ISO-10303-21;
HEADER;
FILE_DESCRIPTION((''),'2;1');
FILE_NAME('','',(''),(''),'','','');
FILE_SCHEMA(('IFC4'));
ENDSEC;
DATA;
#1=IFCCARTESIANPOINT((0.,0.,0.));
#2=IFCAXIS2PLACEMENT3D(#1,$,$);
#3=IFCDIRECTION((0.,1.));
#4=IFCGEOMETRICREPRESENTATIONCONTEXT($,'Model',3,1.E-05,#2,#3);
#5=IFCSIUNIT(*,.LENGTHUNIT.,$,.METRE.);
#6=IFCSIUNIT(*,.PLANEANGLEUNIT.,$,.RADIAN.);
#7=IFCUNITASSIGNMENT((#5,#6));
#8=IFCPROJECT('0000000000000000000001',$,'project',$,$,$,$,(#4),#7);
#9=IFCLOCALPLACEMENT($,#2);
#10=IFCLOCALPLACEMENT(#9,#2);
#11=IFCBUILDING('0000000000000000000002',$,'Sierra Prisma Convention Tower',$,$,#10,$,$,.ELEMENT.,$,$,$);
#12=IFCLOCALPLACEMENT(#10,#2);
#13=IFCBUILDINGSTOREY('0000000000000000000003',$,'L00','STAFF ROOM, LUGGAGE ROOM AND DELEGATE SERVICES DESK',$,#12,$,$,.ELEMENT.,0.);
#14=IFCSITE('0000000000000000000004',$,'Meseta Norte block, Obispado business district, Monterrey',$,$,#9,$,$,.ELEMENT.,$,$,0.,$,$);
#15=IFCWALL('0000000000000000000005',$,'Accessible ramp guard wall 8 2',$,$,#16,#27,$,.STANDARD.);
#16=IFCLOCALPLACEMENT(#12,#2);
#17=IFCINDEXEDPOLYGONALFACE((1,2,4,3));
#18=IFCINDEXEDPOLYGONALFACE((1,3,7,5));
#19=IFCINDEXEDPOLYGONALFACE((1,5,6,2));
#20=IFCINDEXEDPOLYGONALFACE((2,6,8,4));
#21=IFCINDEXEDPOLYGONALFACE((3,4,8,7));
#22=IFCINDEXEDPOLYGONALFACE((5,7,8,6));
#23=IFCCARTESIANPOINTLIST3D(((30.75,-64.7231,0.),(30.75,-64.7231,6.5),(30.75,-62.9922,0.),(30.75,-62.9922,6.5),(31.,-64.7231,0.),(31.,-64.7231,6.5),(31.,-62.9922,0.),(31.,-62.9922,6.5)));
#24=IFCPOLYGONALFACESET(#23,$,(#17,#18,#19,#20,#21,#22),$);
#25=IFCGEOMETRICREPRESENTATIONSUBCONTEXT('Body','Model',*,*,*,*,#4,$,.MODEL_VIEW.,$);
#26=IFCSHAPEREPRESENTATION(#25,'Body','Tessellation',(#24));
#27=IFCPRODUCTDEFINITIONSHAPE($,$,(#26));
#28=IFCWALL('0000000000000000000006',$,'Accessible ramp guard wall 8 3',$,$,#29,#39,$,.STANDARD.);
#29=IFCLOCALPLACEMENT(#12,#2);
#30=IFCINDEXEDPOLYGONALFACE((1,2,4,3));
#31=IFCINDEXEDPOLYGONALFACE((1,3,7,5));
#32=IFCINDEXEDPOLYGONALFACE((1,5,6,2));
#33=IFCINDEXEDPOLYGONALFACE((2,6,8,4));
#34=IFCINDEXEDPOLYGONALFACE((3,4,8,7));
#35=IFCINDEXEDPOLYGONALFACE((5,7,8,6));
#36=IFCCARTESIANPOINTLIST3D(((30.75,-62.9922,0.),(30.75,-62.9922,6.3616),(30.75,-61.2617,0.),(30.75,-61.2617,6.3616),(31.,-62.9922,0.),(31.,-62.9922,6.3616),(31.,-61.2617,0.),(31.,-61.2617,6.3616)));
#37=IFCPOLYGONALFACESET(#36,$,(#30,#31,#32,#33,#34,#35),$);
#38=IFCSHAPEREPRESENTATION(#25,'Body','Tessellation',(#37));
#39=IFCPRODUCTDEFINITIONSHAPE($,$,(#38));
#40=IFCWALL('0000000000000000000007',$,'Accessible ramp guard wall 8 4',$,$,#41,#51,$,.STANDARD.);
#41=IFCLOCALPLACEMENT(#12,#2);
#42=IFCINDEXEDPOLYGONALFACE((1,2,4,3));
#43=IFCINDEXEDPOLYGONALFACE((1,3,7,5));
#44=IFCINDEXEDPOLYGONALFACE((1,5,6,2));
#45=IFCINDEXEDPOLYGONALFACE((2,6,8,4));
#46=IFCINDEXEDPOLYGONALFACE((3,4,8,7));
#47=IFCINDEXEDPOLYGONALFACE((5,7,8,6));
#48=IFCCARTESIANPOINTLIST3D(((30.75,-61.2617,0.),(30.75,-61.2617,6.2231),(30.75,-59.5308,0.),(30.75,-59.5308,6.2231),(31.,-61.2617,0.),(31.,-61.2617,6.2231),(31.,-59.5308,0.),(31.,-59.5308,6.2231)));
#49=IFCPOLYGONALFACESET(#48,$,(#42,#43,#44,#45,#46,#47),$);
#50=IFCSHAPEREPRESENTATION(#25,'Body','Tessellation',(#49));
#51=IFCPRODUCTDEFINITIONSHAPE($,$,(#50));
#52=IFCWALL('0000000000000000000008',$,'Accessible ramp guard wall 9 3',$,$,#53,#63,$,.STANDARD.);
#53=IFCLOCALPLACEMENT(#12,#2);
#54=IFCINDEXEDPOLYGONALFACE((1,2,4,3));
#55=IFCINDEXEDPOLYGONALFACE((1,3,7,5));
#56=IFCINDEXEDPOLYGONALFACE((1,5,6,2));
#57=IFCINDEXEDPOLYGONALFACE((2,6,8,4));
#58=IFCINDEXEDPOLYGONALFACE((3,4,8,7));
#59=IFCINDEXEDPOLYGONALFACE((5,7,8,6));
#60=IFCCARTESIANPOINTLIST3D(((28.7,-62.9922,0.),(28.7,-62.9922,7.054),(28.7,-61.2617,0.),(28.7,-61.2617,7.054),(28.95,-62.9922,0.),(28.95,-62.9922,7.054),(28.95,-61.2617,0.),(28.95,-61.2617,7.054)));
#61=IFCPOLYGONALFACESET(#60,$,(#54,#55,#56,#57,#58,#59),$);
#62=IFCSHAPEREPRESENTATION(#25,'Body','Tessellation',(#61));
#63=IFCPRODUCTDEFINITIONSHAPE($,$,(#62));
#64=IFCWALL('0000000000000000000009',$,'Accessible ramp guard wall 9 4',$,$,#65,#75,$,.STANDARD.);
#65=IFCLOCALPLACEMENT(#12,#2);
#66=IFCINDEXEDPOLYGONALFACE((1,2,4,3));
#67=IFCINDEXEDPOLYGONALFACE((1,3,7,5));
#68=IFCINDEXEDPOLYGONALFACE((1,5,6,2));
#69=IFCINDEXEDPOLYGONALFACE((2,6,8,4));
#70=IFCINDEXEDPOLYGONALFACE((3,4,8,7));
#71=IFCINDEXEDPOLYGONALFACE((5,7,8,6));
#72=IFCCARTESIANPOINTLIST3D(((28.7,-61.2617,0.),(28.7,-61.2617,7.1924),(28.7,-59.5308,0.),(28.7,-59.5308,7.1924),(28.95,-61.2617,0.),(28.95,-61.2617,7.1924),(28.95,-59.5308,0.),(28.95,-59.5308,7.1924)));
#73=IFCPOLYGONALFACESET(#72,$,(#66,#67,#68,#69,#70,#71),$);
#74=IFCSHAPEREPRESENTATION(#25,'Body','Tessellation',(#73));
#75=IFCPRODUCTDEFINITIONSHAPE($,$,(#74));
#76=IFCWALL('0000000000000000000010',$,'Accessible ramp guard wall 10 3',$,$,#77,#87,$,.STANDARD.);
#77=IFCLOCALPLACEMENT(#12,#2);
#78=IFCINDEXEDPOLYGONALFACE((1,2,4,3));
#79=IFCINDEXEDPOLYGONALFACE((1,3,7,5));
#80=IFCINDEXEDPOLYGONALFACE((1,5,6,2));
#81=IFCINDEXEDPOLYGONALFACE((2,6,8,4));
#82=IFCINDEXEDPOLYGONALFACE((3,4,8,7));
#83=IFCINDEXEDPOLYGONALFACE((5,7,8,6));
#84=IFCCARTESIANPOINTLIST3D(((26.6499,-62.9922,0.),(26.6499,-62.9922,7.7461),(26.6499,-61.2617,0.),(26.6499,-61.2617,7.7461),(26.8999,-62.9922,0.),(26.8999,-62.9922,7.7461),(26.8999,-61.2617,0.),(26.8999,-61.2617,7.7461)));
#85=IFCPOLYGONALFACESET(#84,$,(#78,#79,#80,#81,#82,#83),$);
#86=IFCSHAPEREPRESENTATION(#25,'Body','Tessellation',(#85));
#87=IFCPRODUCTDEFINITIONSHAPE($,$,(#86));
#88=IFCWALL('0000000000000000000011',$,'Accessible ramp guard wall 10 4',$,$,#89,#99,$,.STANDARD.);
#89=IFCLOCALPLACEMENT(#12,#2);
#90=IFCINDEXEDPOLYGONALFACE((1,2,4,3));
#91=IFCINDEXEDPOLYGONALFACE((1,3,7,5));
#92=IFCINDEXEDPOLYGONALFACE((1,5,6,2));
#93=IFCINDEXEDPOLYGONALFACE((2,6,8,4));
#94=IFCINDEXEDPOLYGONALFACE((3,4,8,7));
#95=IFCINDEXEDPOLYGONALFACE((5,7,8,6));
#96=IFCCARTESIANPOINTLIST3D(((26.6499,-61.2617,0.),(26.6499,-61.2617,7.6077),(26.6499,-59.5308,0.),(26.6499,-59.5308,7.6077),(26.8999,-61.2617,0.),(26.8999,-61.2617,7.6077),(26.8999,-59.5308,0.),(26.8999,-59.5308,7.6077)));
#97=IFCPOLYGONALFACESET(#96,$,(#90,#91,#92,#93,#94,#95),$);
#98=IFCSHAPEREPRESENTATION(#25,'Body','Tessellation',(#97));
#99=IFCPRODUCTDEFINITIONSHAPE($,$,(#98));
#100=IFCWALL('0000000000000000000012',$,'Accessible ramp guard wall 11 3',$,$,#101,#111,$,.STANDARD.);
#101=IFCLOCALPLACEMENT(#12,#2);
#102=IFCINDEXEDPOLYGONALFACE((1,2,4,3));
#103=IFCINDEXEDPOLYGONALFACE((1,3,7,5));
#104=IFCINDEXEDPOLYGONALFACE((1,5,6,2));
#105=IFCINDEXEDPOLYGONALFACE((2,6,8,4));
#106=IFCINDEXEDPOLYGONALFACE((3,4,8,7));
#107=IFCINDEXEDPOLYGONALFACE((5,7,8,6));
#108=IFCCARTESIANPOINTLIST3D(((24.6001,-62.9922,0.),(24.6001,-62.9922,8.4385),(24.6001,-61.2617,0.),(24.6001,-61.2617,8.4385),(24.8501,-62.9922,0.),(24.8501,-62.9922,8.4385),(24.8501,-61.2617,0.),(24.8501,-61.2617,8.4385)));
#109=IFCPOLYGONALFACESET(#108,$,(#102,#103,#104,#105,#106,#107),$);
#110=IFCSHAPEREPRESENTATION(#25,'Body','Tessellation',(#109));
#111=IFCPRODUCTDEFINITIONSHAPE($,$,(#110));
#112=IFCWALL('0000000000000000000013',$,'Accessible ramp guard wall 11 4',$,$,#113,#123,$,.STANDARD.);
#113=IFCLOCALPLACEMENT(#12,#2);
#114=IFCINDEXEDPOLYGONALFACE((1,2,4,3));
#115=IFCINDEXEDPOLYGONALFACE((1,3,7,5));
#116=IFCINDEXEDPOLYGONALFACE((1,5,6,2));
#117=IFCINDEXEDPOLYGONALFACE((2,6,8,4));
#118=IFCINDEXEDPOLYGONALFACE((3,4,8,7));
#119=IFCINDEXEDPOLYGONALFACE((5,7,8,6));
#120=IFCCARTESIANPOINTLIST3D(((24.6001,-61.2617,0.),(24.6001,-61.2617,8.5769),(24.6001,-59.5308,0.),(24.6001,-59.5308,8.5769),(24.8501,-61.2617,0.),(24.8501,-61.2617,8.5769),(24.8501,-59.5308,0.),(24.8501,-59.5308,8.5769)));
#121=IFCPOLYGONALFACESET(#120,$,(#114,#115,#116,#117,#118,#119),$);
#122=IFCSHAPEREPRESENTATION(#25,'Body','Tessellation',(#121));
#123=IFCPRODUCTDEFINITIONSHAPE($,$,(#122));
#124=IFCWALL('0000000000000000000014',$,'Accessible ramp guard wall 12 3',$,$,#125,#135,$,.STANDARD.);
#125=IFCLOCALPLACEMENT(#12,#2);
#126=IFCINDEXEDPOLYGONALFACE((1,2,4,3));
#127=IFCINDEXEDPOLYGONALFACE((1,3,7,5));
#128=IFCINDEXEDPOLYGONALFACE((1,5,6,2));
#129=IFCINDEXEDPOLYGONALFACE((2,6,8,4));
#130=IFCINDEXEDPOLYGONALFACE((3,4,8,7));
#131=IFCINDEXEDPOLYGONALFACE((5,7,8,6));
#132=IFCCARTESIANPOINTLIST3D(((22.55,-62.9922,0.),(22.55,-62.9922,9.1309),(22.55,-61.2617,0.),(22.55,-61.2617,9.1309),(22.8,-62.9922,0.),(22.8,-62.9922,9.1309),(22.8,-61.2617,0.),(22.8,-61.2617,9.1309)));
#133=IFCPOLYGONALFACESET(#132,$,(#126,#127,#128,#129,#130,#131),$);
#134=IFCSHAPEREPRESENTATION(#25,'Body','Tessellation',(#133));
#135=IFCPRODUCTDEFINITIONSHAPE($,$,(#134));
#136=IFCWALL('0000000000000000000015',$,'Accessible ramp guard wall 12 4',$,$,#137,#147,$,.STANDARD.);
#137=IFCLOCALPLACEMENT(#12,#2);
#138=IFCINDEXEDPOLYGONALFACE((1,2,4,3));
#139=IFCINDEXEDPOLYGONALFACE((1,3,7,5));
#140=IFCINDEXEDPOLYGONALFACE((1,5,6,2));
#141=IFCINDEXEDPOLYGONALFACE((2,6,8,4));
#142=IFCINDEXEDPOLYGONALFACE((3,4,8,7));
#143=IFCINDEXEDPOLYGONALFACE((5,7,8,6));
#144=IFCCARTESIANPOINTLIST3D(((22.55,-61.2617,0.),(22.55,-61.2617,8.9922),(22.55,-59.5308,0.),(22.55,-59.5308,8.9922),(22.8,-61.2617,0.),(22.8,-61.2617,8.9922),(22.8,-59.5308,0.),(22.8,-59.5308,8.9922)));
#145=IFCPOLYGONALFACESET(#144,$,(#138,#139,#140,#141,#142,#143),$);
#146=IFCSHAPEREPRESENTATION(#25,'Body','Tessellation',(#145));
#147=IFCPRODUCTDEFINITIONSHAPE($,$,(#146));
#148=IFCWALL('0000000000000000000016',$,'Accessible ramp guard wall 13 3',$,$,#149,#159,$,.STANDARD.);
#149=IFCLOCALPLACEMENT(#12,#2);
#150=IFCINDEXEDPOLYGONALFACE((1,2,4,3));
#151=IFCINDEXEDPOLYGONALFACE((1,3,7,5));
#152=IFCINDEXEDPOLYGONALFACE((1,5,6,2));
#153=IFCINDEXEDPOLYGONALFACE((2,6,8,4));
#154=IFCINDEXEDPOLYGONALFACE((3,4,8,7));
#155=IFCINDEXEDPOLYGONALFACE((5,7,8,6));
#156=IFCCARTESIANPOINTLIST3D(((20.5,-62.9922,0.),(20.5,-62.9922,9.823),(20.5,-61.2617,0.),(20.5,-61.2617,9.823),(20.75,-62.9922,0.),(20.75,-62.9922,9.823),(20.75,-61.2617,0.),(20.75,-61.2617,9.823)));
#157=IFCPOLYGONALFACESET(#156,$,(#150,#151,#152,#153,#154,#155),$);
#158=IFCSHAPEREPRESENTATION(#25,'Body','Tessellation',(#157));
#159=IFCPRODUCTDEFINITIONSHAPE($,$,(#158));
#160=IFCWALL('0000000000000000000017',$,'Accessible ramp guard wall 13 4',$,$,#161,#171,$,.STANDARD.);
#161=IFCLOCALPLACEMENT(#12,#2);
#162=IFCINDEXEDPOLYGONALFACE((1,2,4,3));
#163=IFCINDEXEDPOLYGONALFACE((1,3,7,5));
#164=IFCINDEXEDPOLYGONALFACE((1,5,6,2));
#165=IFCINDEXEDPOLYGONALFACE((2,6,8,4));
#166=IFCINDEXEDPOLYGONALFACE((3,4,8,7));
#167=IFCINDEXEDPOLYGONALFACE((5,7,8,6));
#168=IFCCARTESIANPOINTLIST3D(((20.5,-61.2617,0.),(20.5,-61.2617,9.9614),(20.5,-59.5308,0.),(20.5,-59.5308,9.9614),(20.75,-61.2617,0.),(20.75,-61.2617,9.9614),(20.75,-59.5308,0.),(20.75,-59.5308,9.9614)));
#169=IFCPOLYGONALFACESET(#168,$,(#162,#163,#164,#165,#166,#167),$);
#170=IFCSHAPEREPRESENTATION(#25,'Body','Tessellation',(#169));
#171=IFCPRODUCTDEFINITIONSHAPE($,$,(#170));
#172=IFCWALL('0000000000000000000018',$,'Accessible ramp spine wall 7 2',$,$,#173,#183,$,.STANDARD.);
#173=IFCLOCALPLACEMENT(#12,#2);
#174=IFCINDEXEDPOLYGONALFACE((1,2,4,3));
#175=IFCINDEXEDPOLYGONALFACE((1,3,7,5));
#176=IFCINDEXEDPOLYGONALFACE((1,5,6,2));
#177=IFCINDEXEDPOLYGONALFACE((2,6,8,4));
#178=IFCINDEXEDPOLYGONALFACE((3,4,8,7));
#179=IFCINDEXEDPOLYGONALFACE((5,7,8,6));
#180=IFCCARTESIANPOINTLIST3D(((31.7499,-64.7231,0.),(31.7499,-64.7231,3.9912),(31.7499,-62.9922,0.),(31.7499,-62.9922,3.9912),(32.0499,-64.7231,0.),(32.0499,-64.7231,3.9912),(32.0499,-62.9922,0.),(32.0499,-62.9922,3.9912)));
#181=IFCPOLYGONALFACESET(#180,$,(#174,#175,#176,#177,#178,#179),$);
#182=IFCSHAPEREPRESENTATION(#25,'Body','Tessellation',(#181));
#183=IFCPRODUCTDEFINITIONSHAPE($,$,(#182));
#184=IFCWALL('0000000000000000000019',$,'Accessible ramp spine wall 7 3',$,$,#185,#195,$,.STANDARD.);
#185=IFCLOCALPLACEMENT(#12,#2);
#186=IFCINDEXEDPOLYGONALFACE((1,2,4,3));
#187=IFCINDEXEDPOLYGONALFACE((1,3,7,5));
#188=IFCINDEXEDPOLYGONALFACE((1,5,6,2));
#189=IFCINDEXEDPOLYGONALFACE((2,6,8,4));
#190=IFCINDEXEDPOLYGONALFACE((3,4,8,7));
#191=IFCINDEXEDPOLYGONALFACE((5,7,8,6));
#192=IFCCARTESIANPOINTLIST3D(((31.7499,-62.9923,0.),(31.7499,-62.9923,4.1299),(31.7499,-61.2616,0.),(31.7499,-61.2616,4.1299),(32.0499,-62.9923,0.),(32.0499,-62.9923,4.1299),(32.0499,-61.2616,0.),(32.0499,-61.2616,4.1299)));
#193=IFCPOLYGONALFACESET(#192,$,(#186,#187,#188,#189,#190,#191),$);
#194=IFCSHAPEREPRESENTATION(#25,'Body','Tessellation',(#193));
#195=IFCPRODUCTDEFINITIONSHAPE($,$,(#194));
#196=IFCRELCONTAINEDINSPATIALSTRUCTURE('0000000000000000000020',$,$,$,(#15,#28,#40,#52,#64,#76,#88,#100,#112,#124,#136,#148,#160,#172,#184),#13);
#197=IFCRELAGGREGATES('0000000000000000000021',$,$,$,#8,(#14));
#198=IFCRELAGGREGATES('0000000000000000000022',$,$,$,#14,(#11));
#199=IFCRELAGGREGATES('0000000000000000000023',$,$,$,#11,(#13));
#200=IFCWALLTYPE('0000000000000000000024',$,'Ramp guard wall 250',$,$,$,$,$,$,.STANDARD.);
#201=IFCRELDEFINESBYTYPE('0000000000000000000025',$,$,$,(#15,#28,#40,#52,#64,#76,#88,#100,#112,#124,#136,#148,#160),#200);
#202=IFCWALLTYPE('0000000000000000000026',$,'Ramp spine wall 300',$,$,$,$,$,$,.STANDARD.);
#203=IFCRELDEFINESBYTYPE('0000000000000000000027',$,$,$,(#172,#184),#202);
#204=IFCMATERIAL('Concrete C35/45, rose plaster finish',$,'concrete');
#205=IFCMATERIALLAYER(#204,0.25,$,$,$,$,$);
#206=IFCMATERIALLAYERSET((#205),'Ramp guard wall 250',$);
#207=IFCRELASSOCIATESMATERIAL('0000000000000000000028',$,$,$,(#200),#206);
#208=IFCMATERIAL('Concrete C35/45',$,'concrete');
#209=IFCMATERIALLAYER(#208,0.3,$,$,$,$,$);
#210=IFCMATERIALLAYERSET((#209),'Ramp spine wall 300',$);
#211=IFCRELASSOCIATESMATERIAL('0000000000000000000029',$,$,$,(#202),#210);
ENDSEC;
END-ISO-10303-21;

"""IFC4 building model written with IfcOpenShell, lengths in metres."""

from ifc_helpers import new_model, si_unit, direction, frame, frame_2d, origin, place, context, subcontext, project, spatial, rectangle, extrude, material, layer, layer_set, type_object, element, save


model = new_model("IFC4")

# Units and contexts
model_context = context("Model", 3, precision=1e-05, world=origin(), true_north=direction((0.0, 1.0)))
body_context = subcontext(model_context, "Body", "Model", "MODEL_VIEW")
ifc_project = project(units=[si_unit("LENGTHUNIT", "METRE"), si_unit("PLANEANGLEUNIT", "RADIAN")], contexts=[model_context])

# Site, building, storey
site_placement = place(None, origin())
site = spatial("IfcSite", under=ifc_project, at=site_placement, Name="Meseta Norte block, Obispado business district, Monterrey", CompositionType="ELEMENT", RefElevation=0.0)
building_placement = place(site_placement, origin())
building = spatial("IfcBuilding", under=site, at=building_placement, Name="Sierra Prisma Convention Tower", CompositionType="ELEMENT")
storey_placement = place(building_placement, origin())
storey = spatial("IfcBuildingStorey", under=building, at=storey_placement, Name="L00", Description="STAFF ROOM, LUGGAGE ROOM AND DELEGATE SERVICES DESK", CompositionType="ELEMENT", Elevation=0.0)

# Walls
ifc_material_1 = material(Name="Concrete C35/45, rose plaster finish", Category="concrete")
ifc_layer_1 = layer(ifc_material_1, 0.25)
ifc_layer_set_1 = layer_set([ifc_layer_1], Name="Ramp guard wall 250")
wall_type_1 = type_object("IfcWallType", Name="Ramp guard wall 250", PredefinedType="STANDARD", material=ifc_layer_set_1)
wall_1_placement = place(storey_placement, frame((30.875, -64.7231, 0.0), z_axis=(0.0, 0.0, 1.0), x_axis=(0.0, 1.0, 0.0)))
element("IfcWall", 1, at=wall_1_placement, inside=storey, type_object=wall_type_1, Name="Accessible ramp guard wall 8 2", PredefinedType="STANDARD", context=body_context, shape_type="SweptSolid", body=[
    extrude(rectangle(XDim=1.731, YDim=0.25, at=frame_2d((0.8655, 0.0))), origin(), (0.0, 0.0, 1.0), 6.5),
])
wall_2_placement = place(storey_placement, frame((30.875, -62.9922, 0.0), z_axis=(0.0, 0.0, 1.0), x_axis=(0.0, 1.0, 0.0)))
element("IfcWall", 2, at=wall_2_placement, inside=storey, type_object=wall_type_1, Name="Accessible ramp guard wall 8 3", PredefinedType="STANDARD", context=body_context, shape_type="SweptSolid", body=[
    extrude(rectangle(XDim=1.7305, YDim=0.25, at=frame_2d((0.8652, 0.0))), origin(), (0.0, 0.0, 1.0), 6.3616),
])
wall_3_placement = place(storey_placement, frame((30.875, -61.2617, 0.0), z_axis=(0.0, 0.0, 1.0), x_axis=(0.0, 1.0, 0.0)))
element("IfcWall", 3, at=wall_3_placement, inside=storey, type_object=wall_type_1, Name="Accessible ramp guard wall 8 4", PredefinedType="STANDARD", context=body_context, shape_type="SweptSolid", body=[
    extrude(rectangle(XDim=1.731, YDim=0.25, at=frame_2d((0.8655, 0.0))), origin(), (0.0, 0.0, 1.0), 6.2231),
])
wall_4_placement = place(storey_placement, frame((28.825, -62.9922, 0.0), z_axis=(0.0, 0.0, 1.0), x_axis=(0.0, 1.0, 0.0)))
element("IfcWall", 4, at=wall_4_placement, inside=storey, type_object=wall_type_1, Name="Accessible ramp guard wall 9 3", PredefinedType="STANDARD", context=body_context, shape_type="SweptSolid", body=[
    extrude(rectangle(XDim=1.7305, YDim=0.25, at=frame_2d((0.8652, 0.0))), origin(), (0.0, 0.0, 1.0), 7.054),
])
wall_5_placement = place(storey_placement, frame((28.825, -61.2617, 0.0), z_axis=(0.0, 0.0, 1.0), x_axis=(0.0, 1.0, 0.0)))
element("IfcWall", 5, at=wall_5_placement, inside=storey, type_object=wall_type_1, Name="Accessible ramp guard wall 9 4", PredefinedType="STANDARD", context=body_context, shape_type="SweptSolid", body=[
    extrude(rectangle(XDim=1.731, YDim=0.25, at=frame_2d((0.8655, 0.0))), origin(), (0.0, 0.0, 1.0), 7.1924),
])
wall_6_placement = place(storey_placement, frame((26.7749, -62.9922, 0.0), z_axis=(0.0, 0.0, 1.0), x_axis=(0.0, 1.0, 0.0)))
element("IfcWall", 6, at=wall_6_placement, inside=storey, type_object=wall_type_1, Name="Accessible ramp guard wall 10 3", PredefinedType="STANDARD", context=body_context, shape_type="SweptSolid", body=[
    extrude(rectangle(XDim=1.7305, YDim=0.25, at=frame_2d((0.8652, 0.0))), origin(), (0.0, 0.0, 1.0), 7.7461),
])
wall_7_placement = place(storey_placement, frame((26.7749, -61.2617, 0.0), z_axis=(0.0, 0.0, 1.0), x_axis=(0.0, 1.0, 0.0)))
element("IfcWall", 7, at=wall_7_placement, inside=storey, type_object=wall_type_1, Name="Accessible ramp guard wall 10 4", PredefinedType="STANDARD", context=body_context, shape_type="SweptSolid", body=[
    extrude(rectangle(XDim=1.731, YDim=0.25, at=frame_2d((0.8655, 0.0))), origin(), (0.0, 0.0, 1.0), 7.6077),
])
wall_8_placement = place(storey_placement, frame((24.7251, -62.9922, 0.0), z_axis=(0.0, 0.0, 1.0), x_axis=(0.0, 1.0, 0.0)))
element("IfcWall", 8, at=wall_8_placement, inside=storey, type_object=wall_type_1, Name="Accessible ramp guard wall 11 3", PredefinedType="STANDARD", context=body_context, shape_type="SweptSolid", body=[
    extrude(rectangle(XDim=1.7305, YDim=0.25, at=frame_2d((0.8652, 0.0))), origin(), (0.0, 0.0, 1.0), 8.4385),
])
wall_9_placement = place(storey_placement, frame((24.7251, -61.2617, 0.0), z_axis=(0.0, 0.0, 1.0), x_axis=(0.0, 1.0, 0.0)))
element("IfcWall", 9, at=wall_9_placement, inside=storey, type_object=wall_type_1, Name="Accessible ramp guard wall 11 4", PredefinedType="STANDARD", context=body_context, shape_type="SweptSolid", body=[
    extrude(rectangle(XDim=1.731, YDim=0.25, at=frame_2d((0.8655, 0.0))), origin(), (0.0, 0.0, 1.0), 8.5769),
])
wall_10_placement = place(storey_placement, frame((22.675, -62.9922, 0.0), z_axis=(0.0, 0.0, 1.0), x_axis=(0.0, 1.0, 0.0)))
element("IfcWall", 10, at=wall_10_placement, inside=storey, type_object=wall_type_1, Name="Accessible ramp guard wall 12 3", PredefinedType="STANDARD", context=body_context, shape_type="SweptSolid", body=[
    extrude(rectangle(XDim=1.7305, YDim=0.25, at=frame_2d((0.8652, 0.0))), origin(), (0.0, 0.0, 1.0), 9.1309),
])
wall_11_placement = place(storey_placement, frame((22.675, -61.2617, 0.0), z_axis=(0.0, 0.0, 1.0), x_axis=(0.0, 1.0, 0.0)))
element("IfcWall", 11, at=wall_11_placement, inside=storey, type_object=wall_type_1, Name="Accessible ramp guard wall 12 4", PredefinedType="STANDARD", context=body_context, shape_type="SweptSolid", body=[
    extrude(rectangle(XDim=1.731, YDim=0.25, at=frame_2d((0.8655, 0.0))), origin(), (0.0, 0.0, 1.0), 8.9922),
])
wall_12_placement = place(storey_placement, frame((20.625, -62.9922, 0.0), z_axis=(0.0, 0.0, 1.0), x_axis=(0.0, 1.0, 0.0)))
element("IfcWall", 12, at=wall_12_placement, inside=storey, type_object=wall_type_1, Name="Accessible ramp guard wall 13 3", PredefinedType="STANDARD", context=body_context, shape_type="SweptSolid", body=[
    extrude(rectangle(XDim=1.7305, YDim=0.25, at=frame_2d((0.8652, 0.0))), origin(), (0.0, 0.0, 1.0), 9.823),
])
wall_13_placement = place(storey_placement, frame((20.625, -61.2617, 0.0), z_axis=(0.0, 0.0, 1.0), x_axis=(0.0, 1.0, 0.0)))
element("IfcWall", 13, at=wall_13_placement, inside=storey, type_object=wall_type_1, Name="Accessible ramp guard wall 13 4", PredefinedType="STANDARD", context=body_context, shape_type="SweptSolid", body=[
    extrude(rectangle(XDim=1.731, YDim=0.25, at=frame_2d((0.8655, 0.0))), origin(), (0.0, 0.0, 1.0), 9.9614),
])
ifc_material_2 = material(Name="Concrete C35/45", Category="concrete")
ifc_layer_2 = layer(ifc_material_2, 0.3)
ifc_layer_set_2 = layer_set([ifc_layer_2], Name="Ramp spine wall 300")
wall_type_2 = type_object("IfcWallType", Name="Ramp spine wall 300", PredefinedType="STANDARD", material=ifc_layer_set_2)
wall_14_placement = place(storey_placement, frame((31.8999, -64.7231, 0.0), z_axis=(0.0, 0.0, 1.0), x_axis=(0.0, 1.0, 0.0)))
element("IfcWall", 14, at=wall_14_placement, inside=storey, type_object=wall_type_2, Name="Accessible ramp spine wall 7 2", PredefinedType="STANDARD", context=body_context, shape_type="SweptSolid", body=[
    extrude(rectangle(XDim=1.731, YDim=0.3, at=frame_2d((0.8655, 0.0))), origin(), (0.0, 0.0, 1.0), 3.9912),
])
wall_15_placement = place(storey_placement, frame((31.8999, -62.9922, 0.0), z_axis=(0.0, 0.0, 1.0), x_axis=(0.0, 1.0, 0.0)))
element("IfcWall", 15, at=wall_15_placement, inside=storey, type_object=wall_type_2, Name="Accessible ramp spine wall 7 3", PredefinedType="STANDARD", context=body_context, shape_type="SweptSolid", body=[
    extrude(rectangle(XDim=1.7307, YDim=0.3, at=frame_2d((0.8652, 0.0))), origin(), (0.0, 0.0, 1.0), 4.1299),
])

save(model, "model.ifc")
